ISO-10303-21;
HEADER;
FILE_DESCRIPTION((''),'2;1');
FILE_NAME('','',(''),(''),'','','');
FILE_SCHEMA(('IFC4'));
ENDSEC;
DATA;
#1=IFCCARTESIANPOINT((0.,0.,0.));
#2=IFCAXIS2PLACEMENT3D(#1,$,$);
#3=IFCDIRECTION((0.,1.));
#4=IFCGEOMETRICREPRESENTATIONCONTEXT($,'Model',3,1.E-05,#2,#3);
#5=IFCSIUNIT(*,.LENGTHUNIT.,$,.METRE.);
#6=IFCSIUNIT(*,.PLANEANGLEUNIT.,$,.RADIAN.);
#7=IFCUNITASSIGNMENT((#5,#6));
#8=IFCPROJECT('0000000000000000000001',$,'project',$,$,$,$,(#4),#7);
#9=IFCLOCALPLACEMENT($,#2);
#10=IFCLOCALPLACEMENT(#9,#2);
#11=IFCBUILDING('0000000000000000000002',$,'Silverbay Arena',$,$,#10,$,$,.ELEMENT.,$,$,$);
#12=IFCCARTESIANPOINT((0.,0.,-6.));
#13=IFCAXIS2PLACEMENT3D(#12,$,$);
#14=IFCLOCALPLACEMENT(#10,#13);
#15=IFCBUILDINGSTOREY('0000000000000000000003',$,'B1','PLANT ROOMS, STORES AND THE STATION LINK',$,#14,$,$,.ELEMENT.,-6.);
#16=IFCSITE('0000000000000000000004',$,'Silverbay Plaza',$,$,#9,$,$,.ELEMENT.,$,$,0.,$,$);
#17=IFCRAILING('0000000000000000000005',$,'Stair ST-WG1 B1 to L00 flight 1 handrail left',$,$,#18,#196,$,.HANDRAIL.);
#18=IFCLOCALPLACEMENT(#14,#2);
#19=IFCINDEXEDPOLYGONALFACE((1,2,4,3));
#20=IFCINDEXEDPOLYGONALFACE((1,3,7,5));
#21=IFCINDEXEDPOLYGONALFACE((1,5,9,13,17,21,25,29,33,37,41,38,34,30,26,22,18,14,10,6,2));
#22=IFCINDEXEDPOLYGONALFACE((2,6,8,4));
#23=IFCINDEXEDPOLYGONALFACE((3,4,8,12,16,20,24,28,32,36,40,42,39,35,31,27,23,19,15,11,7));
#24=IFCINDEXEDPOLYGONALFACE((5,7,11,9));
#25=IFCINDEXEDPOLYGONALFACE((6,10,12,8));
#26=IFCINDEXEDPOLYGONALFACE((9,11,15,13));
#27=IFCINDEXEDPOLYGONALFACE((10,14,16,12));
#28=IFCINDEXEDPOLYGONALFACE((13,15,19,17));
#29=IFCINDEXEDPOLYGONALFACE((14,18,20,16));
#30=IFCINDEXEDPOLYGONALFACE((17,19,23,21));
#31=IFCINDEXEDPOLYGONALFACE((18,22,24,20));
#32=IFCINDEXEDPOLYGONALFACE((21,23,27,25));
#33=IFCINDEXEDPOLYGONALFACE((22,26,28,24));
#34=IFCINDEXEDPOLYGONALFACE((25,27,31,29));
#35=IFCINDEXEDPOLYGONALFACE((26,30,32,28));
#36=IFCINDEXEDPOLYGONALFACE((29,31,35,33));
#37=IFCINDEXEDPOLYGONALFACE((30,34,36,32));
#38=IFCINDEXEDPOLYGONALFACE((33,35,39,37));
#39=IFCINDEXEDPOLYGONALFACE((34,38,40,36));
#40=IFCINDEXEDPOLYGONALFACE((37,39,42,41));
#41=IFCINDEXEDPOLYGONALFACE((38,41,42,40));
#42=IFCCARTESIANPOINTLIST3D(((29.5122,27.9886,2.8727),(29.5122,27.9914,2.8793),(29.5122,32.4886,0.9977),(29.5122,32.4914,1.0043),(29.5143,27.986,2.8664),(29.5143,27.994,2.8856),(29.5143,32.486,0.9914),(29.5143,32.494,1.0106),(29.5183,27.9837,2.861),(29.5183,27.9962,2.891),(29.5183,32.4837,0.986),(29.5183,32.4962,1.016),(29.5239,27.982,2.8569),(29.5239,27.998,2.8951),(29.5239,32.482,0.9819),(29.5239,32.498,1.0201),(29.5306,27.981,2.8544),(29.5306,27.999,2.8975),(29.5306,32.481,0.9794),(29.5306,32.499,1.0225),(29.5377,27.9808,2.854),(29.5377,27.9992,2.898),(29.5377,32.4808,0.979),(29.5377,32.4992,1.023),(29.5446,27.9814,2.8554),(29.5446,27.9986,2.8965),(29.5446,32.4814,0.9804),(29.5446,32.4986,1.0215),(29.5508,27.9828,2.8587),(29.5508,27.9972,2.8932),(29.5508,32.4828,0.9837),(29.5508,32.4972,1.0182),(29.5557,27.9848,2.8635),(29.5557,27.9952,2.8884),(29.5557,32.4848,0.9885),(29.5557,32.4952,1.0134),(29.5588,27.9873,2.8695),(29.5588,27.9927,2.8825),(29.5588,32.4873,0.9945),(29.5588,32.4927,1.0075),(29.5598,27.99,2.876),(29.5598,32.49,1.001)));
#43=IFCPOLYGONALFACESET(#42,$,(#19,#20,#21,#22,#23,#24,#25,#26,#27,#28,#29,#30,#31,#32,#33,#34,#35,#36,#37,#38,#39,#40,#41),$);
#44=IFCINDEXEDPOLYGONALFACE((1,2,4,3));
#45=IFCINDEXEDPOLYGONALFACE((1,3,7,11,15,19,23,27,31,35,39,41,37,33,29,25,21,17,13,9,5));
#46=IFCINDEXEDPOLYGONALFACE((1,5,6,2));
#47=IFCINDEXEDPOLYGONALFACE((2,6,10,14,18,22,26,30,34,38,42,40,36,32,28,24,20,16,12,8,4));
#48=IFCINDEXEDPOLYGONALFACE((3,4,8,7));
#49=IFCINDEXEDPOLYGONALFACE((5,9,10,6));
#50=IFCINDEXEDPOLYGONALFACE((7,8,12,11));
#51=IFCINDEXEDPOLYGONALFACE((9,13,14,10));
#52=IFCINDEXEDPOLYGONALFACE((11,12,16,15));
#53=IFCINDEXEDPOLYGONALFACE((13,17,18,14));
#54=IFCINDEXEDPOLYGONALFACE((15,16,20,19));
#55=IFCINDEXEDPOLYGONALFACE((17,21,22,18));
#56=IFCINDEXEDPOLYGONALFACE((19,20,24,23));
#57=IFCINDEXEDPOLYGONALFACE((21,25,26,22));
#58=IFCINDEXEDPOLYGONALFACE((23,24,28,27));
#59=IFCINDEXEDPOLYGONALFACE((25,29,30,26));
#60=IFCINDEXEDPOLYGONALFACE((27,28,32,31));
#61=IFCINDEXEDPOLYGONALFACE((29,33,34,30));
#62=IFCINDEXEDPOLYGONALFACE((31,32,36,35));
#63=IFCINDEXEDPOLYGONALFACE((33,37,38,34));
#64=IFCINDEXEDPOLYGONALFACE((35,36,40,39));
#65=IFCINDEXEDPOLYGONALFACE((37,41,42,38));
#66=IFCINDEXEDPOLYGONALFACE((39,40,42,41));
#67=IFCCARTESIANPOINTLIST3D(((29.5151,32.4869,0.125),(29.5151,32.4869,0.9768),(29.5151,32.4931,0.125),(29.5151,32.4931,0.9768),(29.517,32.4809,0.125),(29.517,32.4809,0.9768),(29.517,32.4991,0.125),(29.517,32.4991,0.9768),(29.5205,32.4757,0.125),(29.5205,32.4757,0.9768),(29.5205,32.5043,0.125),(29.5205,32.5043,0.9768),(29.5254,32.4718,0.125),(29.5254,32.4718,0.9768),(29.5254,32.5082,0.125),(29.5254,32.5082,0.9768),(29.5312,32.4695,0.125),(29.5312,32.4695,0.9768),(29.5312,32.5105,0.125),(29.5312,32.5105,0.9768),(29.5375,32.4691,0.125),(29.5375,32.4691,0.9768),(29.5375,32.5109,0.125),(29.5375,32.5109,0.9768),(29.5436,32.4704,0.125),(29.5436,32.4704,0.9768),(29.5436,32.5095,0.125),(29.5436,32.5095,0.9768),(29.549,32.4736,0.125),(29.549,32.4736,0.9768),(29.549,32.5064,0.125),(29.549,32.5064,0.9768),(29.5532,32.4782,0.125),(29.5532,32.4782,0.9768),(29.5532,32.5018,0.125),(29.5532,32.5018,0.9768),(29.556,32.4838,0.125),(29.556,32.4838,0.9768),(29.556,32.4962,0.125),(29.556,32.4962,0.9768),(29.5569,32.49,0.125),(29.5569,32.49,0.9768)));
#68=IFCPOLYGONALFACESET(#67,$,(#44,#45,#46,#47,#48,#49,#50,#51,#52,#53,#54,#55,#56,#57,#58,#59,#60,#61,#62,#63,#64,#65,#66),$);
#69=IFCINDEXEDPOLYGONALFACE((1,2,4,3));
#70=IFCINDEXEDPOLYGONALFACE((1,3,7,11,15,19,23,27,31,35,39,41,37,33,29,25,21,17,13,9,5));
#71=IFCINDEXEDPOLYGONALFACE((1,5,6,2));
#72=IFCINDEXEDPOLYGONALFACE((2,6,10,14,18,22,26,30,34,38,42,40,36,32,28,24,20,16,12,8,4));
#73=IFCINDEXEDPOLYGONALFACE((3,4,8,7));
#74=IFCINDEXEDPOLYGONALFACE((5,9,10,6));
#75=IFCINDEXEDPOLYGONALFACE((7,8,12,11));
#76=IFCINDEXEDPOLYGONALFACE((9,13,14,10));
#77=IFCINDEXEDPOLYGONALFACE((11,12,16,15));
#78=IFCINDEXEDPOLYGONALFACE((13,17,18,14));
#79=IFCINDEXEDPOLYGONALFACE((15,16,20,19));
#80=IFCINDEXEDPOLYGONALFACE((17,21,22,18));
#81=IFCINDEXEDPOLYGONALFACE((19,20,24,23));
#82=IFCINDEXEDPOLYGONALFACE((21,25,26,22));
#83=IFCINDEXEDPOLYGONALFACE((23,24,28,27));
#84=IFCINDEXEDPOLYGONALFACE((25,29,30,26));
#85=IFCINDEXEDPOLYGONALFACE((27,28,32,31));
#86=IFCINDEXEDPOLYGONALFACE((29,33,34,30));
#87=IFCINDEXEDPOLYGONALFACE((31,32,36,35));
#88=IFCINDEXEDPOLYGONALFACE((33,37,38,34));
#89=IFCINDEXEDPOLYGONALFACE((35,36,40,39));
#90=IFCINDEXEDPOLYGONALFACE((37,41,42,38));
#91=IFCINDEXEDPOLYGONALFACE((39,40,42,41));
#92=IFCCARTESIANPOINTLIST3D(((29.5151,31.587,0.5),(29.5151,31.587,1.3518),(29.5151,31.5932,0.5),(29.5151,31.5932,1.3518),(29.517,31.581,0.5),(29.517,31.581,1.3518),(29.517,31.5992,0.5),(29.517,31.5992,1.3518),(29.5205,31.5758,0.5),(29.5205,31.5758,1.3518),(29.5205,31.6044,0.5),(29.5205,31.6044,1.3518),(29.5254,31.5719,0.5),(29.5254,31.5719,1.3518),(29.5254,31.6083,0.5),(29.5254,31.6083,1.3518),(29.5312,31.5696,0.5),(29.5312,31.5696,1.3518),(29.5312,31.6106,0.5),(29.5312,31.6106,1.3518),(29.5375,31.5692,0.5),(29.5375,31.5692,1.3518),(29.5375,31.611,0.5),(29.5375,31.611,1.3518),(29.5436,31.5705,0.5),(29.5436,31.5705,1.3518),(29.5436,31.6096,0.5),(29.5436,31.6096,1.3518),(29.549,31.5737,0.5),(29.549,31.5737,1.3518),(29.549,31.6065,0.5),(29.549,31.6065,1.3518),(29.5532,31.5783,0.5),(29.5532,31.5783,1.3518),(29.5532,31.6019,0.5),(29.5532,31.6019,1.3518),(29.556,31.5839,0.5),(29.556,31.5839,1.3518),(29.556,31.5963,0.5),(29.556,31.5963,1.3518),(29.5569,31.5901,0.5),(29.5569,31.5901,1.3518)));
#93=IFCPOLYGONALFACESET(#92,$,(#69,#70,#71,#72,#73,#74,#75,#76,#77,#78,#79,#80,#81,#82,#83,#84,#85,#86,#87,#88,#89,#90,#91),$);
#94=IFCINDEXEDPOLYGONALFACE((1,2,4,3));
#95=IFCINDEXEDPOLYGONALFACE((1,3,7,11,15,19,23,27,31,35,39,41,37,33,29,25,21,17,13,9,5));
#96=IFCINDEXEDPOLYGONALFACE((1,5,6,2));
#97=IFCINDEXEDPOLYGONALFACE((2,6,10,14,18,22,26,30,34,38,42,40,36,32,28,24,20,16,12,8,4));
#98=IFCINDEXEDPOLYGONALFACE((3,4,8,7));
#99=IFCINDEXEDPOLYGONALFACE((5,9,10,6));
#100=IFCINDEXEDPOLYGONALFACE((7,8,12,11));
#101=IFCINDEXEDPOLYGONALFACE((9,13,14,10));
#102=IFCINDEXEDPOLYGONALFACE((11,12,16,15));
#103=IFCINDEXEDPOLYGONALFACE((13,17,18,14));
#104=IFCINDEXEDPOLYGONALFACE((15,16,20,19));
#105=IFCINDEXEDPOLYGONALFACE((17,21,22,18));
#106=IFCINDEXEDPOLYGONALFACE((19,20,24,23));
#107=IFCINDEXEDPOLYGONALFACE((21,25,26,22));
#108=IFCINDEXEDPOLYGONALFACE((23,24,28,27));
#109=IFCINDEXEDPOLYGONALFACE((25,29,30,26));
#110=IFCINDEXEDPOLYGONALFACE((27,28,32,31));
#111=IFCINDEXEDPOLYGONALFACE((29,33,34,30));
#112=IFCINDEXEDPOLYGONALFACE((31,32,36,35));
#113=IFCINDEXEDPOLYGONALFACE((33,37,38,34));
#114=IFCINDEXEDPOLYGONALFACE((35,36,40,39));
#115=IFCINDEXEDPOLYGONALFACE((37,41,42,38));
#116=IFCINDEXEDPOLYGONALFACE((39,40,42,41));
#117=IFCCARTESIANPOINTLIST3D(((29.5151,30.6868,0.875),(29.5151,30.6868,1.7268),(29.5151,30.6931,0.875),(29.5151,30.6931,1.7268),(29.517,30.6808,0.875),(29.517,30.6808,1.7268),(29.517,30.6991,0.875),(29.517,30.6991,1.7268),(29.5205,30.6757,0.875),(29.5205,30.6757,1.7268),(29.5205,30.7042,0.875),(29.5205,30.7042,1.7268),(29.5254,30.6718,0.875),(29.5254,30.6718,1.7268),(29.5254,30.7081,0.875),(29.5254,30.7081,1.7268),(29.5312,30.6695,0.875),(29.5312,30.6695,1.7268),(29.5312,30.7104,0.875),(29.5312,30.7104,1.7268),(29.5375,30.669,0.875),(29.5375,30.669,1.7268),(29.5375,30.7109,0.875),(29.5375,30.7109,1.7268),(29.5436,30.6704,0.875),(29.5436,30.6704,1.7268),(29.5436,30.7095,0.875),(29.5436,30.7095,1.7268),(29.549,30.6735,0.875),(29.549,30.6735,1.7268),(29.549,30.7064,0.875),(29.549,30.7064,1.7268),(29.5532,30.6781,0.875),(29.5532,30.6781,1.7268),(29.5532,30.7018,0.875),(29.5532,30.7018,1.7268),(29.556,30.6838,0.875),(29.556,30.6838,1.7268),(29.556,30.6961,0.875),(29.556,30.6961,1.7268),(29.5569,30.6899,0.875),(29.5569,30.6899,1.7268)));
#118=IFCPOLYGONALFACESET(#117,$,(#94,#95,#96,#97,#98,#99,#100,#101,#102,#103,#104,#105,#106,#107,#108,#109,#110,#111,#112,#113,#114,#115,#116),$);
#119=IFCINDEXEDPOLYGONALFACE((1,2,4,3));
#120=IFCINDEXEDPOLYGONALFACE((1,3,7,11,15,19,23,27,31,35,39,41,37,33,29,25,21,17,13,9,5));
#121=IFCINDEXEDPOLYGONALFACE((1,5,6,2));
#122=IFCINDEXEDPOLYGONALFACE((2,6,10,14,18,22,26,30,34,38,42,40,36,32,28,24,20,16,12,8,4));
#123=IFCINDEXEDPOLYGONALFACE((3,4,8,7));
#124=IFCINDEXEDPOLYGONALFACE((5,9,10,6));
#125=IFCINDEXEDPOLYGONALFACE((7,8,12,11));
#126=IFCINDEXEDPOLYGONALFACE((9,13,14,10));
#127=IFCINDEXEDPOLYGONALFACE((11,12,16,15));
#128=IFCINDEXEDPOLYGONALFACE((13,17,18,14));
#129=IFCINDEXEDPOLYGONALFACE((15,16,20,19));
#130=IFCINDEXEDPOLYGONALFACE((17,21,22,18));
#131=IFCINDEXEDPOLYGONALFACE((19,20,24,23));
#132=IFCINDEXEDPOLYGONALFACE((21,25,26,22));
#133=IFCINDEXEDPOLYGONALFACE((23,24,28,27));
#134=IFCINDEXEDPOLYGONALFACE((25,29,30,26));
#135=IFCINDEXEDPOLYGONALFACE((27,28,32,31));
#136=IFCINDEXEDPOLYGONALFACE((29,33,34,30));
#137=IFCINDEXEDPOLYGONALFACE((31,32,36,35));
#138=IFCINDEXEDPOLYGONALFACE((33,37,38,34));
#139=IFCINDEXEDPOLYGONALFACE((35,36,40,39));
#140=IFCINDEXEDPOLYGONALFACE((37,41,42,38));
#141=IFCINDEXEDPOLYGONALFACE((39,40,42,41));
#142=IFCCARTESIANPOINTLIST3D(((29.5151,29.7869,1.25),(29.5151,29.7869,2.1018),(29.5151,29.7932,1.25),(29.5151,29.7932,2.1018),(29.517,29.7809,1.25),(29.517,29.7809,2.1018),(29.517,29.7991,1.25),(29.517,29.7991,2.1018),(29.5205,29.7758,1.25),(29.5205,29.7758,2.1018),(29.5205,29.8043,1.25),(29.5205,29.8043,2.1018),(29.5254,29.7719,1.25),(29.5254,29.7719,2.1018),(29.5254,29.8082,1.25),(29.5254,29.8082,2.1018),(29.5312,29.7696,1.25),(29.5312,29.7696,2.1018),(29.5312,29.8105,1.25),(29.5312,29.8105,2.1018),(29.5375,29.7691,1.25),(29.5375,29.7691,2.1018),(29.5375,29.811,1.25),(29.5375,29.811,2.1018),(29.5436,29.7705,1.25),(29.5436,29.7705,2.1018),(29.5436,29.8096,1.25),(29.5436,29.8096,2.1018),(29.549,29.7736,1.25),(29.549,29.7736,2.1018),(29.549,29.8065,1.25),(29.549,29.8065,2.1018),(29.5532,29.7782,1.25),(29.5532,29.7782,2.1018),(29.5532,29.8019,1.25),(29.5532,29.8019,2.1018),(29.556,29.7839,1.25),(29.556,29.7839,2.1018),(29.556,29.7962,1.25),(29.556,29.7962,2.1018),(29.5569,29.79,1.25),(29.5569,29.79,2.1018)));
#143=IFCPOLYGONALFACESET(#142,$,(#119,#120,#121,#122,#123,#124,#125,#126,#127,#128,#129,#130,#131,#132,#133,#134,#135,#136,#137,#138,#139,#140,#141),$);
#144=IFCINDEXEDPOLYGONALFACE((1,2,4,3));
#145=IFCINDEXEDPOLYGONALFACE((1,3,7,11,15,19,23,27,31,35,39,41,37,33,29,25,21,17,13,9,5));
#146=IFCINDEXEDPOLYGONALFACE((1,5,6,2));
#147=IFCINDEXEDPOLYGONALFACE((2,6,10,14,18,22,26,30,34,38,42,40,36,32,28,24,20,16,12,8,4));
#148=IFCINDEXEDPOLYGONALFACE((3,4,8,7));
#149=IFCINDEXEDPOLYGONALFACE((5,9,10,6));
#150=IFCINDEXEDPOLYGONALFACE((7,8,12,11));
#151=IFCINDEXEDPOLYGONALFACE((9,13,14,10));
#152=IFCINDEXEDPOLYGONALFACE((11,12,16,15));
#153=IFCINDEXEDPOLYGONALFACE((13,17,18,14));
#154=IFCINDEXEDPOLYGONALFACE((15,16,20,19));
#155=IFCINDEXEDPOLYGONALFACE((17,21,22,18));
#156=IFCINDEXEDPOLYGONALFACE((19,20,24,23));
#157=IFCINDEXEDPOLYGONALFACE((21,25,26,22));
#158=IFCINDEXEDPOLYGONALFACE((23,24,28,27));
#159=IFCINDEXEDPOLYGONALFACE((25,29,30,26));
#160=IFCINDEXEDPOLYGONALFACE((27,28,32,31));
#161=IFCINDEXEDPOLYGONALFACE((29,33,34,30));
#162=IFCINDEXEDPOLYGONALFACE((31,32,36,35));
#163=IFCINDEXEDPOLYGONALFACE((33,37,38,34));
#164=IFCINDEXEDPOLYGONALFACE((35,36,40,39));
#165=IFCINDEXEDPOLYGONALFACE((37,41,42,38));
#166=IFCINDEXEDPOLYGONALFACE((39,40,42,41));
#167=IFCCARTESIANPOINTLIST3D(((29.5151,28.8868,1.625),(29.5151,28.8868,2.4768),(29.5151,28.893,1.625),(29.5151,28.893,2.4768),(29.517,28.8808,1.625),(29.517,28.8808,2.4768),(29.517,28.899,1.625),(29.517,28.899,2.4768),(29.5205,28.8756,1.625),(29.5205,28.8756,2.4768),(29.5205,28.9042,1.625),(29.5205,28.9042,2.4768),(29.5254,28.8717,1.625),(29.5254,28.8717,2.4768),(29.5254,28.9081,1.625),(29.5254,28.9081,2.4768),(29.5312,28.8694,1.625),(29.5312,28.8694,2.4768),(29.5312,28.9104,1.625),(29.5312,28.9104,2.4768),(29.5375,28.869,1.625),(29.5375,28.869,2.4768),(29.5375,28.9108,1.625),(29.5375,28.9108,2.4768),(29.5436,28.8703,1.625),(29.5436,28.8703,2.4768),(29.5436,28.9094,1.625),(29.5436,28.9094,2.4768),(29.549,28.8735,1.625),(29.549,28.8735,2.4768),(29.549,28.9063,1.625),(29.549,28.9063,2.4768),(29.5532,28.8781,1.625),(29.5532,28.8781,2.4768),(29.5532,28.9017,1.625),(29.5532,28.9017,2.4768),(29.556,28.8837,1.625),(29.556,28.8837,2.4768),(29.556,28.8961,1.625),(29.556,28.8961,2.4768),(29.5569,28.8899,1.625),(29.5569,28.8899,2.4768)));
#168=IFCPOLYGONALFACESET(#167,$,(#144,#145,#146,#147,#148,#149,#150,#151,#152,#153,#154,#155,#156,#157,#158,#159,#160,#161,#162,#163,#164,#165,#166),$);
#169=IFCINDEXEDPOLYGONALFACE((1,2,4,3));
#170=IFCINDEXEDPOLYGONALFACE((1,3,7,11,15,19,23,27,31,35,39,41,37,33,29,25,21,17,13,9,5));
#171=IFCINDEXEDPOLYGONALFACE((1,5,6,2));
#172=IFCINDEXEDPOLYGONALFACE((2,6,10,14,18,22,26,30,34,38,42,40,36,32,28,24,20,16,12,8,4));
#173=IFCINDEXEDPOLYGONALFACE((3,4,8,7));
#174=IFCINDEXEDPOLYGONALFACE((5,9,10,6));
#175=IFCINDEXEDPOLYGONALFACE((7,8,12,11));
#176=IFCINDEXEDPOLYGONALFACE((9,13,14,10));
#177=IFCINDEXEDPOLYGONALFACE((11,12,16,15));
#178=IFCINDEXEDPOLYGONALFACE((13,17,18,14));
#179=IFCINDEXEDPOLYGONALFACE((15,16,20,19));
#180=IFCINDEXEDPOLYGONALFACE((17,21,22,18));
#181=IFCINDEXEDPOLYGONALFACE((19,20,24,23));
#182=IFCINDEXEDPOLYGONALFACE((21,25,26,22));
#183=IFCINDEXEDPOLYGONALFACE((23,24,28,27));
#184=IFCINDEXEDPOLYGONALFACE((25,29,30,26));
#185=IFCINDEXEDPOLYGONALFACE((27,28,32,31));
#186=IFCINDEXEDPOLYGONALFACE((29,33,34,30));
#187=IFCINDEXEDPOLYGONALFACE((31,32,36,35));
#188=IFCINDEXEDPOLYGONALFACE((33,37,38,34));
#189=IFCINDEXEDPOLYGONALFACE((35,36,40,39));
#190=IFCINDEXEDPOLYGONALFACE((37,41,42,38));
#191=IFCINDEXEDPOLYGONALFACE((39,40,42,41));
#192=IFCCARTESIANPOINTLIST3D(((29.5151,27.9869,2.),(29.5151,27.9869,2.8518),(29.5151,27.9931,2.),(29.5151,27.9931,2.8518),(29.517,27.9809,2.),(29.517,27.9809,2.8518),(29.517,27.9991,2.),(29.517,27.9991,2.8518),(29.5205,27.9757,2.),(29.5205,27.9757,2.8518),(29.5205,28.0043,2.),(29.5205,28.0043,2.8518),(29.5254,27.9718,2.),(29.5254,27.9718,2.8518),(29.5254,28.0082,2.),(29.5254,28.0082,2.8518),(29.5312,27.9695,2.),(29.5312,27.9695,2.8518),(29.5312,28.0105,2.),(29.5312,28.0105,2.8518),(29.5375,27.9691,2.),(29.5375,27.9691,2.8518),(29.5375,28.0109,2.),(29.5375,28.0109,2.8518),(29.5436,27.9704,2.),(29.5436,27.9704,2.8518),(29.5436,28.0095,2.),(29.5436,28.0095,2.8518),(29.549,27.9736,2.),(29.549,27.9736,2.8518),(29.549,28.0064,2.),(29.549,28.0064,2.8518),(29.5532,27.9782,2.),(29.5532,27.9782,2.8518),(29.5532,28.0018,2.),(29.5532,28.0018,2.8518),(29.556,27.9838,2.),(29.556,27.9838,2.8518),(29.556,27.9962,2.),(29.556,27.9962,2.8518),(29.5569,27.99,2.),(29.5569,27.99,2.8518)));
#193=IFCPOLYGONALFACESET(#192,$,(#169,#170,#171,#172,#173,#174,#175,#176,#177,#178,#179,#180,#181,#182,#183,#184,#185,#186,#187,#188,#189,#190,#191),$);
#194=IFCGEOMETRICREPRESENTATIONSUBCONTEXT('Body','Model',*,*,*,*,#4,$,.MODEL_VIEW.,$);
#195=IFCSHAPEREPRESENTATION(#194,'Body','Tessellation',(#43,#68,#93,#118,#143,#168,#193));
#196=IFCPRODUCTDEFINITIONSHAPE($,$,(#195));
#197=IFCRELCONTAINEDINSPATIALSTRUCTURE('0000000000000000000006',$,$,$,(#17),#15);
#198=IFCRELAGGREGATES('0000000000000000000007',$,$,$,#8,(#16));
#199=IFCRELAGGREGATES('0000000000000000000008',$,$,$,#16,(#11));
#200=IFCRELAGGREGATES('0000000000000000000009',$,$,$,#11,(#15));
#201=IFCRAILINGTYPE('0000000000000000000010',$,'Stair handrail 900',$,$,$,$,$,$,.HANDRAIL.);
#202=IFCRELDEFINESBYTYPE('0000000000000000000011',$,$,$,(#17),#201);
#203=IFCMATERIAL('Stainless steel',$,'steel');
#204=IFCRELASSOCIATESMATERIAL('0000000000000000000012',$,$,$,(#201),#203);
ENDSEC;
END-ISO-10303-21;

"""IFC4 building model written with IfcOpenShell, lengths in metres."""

from ifc_helpers import new_model, si_unit, direction, frame, origin, origin_2d, place, context, subcontext, project, spatial, circle, extrude, material, type_object, element, save


model = new_model("IFC4")

# Units and contexts
model_context = context("Model", 3, precision=1e-05, world=origin(), true_north=direction((0.0, 1.0)))
body_context = subcontext(model_context, "Body", "Model", "MODEL_VIEW")
ifc_project = project(units=[si_unit("LENGTHUNIT", "METRE"), si_unit("PLANEANGLEUNIT", "RADIAN")], contexts=[model_context])

# Site, building, storey
site_placement = place(None, origin())
site = spatial("IfcSite", under=ifc_project, at=site_placement, Name="Silverbay Plaza", CompositionType="ELEMENT", RefElevation=0.0)
building_placement = place(site_placement, origin())
building = spatial("IfcBuilding", under=site, at=building_placement, Name="Silverbay Arena", CompositionType="ELEMENT")
storey_placement = place(building_placement, frame((0.0, 0.0, -6.0)))
storey = spatial("IfcBuildingStorey", under=building, at=storey_placement, Name="B1", Description="PLANT ROOMS, STORES AND THE STATION LINK", CompositionType="ELEMENT", Elevation=-6.0)

# Railing
ifc_material_1 = material(Name="Stainless steel", Category="steel")
railing_type_1 = type_object("IfcRailingType", Name="Stair handrail 900", PredefinedType="HANDRAIL", material=ifc_material_1)
for number, where, name in (
    (1, (29.5359, 32.49, 0.125), "Stair ST-WG1 B1 to L00 flight 1 handrail left"),
):
    element("IfcRailing", number, at=place(storey_placement, frame(where)), inside=storey, type_object=railing_type_1, Name=name, PredefinedType="HANDRAIL", context=body_context, shape_type="SweptSolid", body=[
        extrude(circle(Radius=0.0239, at=origin_2d()), frame((0.0, 0.0, 0.876), z_axis=(0.0, -0.923077, 0.384615), x_axis=(1.0, 0.0, 0.0)), (0.0, 0.0, 1.0), 4.875),
        extrude(circle(Radius=0.021, at=origin_2d()), origin(), (0.0, 0.0, 1.0), 0.8518),
        extrude(circle(Radius=0.021, at=origin_2d()), frame((0.0, -0.8999, 0.375)), (0.0, 0.0, 1.0), 0.8518),
        extrude(circle(Radius=0.021, at=origin_2d()), frame((0.0, -1.8, 0.75)), (0.0, 0.0, 1.0), 0.8518),
        extrude(circle(Radius=0.021, at=origin_2d()), frame((0.0, -2.7, 1.125)), (0.0, 0.0, 1.0), 0.8518),
        extrude(circle(Radius=0.021, at=origin_2d()), frame((0.0, -3.6001, 1.5)), (0.0, 0.0, 1.0), 0.8518),
        extrude(circle(Radius=0.021, at=origin_2d()), frame((0.0, -4.5, 1.875)), (0.0, 0.0, 1.0), 0.8518),
    ])

save(model, "model.ifc")
